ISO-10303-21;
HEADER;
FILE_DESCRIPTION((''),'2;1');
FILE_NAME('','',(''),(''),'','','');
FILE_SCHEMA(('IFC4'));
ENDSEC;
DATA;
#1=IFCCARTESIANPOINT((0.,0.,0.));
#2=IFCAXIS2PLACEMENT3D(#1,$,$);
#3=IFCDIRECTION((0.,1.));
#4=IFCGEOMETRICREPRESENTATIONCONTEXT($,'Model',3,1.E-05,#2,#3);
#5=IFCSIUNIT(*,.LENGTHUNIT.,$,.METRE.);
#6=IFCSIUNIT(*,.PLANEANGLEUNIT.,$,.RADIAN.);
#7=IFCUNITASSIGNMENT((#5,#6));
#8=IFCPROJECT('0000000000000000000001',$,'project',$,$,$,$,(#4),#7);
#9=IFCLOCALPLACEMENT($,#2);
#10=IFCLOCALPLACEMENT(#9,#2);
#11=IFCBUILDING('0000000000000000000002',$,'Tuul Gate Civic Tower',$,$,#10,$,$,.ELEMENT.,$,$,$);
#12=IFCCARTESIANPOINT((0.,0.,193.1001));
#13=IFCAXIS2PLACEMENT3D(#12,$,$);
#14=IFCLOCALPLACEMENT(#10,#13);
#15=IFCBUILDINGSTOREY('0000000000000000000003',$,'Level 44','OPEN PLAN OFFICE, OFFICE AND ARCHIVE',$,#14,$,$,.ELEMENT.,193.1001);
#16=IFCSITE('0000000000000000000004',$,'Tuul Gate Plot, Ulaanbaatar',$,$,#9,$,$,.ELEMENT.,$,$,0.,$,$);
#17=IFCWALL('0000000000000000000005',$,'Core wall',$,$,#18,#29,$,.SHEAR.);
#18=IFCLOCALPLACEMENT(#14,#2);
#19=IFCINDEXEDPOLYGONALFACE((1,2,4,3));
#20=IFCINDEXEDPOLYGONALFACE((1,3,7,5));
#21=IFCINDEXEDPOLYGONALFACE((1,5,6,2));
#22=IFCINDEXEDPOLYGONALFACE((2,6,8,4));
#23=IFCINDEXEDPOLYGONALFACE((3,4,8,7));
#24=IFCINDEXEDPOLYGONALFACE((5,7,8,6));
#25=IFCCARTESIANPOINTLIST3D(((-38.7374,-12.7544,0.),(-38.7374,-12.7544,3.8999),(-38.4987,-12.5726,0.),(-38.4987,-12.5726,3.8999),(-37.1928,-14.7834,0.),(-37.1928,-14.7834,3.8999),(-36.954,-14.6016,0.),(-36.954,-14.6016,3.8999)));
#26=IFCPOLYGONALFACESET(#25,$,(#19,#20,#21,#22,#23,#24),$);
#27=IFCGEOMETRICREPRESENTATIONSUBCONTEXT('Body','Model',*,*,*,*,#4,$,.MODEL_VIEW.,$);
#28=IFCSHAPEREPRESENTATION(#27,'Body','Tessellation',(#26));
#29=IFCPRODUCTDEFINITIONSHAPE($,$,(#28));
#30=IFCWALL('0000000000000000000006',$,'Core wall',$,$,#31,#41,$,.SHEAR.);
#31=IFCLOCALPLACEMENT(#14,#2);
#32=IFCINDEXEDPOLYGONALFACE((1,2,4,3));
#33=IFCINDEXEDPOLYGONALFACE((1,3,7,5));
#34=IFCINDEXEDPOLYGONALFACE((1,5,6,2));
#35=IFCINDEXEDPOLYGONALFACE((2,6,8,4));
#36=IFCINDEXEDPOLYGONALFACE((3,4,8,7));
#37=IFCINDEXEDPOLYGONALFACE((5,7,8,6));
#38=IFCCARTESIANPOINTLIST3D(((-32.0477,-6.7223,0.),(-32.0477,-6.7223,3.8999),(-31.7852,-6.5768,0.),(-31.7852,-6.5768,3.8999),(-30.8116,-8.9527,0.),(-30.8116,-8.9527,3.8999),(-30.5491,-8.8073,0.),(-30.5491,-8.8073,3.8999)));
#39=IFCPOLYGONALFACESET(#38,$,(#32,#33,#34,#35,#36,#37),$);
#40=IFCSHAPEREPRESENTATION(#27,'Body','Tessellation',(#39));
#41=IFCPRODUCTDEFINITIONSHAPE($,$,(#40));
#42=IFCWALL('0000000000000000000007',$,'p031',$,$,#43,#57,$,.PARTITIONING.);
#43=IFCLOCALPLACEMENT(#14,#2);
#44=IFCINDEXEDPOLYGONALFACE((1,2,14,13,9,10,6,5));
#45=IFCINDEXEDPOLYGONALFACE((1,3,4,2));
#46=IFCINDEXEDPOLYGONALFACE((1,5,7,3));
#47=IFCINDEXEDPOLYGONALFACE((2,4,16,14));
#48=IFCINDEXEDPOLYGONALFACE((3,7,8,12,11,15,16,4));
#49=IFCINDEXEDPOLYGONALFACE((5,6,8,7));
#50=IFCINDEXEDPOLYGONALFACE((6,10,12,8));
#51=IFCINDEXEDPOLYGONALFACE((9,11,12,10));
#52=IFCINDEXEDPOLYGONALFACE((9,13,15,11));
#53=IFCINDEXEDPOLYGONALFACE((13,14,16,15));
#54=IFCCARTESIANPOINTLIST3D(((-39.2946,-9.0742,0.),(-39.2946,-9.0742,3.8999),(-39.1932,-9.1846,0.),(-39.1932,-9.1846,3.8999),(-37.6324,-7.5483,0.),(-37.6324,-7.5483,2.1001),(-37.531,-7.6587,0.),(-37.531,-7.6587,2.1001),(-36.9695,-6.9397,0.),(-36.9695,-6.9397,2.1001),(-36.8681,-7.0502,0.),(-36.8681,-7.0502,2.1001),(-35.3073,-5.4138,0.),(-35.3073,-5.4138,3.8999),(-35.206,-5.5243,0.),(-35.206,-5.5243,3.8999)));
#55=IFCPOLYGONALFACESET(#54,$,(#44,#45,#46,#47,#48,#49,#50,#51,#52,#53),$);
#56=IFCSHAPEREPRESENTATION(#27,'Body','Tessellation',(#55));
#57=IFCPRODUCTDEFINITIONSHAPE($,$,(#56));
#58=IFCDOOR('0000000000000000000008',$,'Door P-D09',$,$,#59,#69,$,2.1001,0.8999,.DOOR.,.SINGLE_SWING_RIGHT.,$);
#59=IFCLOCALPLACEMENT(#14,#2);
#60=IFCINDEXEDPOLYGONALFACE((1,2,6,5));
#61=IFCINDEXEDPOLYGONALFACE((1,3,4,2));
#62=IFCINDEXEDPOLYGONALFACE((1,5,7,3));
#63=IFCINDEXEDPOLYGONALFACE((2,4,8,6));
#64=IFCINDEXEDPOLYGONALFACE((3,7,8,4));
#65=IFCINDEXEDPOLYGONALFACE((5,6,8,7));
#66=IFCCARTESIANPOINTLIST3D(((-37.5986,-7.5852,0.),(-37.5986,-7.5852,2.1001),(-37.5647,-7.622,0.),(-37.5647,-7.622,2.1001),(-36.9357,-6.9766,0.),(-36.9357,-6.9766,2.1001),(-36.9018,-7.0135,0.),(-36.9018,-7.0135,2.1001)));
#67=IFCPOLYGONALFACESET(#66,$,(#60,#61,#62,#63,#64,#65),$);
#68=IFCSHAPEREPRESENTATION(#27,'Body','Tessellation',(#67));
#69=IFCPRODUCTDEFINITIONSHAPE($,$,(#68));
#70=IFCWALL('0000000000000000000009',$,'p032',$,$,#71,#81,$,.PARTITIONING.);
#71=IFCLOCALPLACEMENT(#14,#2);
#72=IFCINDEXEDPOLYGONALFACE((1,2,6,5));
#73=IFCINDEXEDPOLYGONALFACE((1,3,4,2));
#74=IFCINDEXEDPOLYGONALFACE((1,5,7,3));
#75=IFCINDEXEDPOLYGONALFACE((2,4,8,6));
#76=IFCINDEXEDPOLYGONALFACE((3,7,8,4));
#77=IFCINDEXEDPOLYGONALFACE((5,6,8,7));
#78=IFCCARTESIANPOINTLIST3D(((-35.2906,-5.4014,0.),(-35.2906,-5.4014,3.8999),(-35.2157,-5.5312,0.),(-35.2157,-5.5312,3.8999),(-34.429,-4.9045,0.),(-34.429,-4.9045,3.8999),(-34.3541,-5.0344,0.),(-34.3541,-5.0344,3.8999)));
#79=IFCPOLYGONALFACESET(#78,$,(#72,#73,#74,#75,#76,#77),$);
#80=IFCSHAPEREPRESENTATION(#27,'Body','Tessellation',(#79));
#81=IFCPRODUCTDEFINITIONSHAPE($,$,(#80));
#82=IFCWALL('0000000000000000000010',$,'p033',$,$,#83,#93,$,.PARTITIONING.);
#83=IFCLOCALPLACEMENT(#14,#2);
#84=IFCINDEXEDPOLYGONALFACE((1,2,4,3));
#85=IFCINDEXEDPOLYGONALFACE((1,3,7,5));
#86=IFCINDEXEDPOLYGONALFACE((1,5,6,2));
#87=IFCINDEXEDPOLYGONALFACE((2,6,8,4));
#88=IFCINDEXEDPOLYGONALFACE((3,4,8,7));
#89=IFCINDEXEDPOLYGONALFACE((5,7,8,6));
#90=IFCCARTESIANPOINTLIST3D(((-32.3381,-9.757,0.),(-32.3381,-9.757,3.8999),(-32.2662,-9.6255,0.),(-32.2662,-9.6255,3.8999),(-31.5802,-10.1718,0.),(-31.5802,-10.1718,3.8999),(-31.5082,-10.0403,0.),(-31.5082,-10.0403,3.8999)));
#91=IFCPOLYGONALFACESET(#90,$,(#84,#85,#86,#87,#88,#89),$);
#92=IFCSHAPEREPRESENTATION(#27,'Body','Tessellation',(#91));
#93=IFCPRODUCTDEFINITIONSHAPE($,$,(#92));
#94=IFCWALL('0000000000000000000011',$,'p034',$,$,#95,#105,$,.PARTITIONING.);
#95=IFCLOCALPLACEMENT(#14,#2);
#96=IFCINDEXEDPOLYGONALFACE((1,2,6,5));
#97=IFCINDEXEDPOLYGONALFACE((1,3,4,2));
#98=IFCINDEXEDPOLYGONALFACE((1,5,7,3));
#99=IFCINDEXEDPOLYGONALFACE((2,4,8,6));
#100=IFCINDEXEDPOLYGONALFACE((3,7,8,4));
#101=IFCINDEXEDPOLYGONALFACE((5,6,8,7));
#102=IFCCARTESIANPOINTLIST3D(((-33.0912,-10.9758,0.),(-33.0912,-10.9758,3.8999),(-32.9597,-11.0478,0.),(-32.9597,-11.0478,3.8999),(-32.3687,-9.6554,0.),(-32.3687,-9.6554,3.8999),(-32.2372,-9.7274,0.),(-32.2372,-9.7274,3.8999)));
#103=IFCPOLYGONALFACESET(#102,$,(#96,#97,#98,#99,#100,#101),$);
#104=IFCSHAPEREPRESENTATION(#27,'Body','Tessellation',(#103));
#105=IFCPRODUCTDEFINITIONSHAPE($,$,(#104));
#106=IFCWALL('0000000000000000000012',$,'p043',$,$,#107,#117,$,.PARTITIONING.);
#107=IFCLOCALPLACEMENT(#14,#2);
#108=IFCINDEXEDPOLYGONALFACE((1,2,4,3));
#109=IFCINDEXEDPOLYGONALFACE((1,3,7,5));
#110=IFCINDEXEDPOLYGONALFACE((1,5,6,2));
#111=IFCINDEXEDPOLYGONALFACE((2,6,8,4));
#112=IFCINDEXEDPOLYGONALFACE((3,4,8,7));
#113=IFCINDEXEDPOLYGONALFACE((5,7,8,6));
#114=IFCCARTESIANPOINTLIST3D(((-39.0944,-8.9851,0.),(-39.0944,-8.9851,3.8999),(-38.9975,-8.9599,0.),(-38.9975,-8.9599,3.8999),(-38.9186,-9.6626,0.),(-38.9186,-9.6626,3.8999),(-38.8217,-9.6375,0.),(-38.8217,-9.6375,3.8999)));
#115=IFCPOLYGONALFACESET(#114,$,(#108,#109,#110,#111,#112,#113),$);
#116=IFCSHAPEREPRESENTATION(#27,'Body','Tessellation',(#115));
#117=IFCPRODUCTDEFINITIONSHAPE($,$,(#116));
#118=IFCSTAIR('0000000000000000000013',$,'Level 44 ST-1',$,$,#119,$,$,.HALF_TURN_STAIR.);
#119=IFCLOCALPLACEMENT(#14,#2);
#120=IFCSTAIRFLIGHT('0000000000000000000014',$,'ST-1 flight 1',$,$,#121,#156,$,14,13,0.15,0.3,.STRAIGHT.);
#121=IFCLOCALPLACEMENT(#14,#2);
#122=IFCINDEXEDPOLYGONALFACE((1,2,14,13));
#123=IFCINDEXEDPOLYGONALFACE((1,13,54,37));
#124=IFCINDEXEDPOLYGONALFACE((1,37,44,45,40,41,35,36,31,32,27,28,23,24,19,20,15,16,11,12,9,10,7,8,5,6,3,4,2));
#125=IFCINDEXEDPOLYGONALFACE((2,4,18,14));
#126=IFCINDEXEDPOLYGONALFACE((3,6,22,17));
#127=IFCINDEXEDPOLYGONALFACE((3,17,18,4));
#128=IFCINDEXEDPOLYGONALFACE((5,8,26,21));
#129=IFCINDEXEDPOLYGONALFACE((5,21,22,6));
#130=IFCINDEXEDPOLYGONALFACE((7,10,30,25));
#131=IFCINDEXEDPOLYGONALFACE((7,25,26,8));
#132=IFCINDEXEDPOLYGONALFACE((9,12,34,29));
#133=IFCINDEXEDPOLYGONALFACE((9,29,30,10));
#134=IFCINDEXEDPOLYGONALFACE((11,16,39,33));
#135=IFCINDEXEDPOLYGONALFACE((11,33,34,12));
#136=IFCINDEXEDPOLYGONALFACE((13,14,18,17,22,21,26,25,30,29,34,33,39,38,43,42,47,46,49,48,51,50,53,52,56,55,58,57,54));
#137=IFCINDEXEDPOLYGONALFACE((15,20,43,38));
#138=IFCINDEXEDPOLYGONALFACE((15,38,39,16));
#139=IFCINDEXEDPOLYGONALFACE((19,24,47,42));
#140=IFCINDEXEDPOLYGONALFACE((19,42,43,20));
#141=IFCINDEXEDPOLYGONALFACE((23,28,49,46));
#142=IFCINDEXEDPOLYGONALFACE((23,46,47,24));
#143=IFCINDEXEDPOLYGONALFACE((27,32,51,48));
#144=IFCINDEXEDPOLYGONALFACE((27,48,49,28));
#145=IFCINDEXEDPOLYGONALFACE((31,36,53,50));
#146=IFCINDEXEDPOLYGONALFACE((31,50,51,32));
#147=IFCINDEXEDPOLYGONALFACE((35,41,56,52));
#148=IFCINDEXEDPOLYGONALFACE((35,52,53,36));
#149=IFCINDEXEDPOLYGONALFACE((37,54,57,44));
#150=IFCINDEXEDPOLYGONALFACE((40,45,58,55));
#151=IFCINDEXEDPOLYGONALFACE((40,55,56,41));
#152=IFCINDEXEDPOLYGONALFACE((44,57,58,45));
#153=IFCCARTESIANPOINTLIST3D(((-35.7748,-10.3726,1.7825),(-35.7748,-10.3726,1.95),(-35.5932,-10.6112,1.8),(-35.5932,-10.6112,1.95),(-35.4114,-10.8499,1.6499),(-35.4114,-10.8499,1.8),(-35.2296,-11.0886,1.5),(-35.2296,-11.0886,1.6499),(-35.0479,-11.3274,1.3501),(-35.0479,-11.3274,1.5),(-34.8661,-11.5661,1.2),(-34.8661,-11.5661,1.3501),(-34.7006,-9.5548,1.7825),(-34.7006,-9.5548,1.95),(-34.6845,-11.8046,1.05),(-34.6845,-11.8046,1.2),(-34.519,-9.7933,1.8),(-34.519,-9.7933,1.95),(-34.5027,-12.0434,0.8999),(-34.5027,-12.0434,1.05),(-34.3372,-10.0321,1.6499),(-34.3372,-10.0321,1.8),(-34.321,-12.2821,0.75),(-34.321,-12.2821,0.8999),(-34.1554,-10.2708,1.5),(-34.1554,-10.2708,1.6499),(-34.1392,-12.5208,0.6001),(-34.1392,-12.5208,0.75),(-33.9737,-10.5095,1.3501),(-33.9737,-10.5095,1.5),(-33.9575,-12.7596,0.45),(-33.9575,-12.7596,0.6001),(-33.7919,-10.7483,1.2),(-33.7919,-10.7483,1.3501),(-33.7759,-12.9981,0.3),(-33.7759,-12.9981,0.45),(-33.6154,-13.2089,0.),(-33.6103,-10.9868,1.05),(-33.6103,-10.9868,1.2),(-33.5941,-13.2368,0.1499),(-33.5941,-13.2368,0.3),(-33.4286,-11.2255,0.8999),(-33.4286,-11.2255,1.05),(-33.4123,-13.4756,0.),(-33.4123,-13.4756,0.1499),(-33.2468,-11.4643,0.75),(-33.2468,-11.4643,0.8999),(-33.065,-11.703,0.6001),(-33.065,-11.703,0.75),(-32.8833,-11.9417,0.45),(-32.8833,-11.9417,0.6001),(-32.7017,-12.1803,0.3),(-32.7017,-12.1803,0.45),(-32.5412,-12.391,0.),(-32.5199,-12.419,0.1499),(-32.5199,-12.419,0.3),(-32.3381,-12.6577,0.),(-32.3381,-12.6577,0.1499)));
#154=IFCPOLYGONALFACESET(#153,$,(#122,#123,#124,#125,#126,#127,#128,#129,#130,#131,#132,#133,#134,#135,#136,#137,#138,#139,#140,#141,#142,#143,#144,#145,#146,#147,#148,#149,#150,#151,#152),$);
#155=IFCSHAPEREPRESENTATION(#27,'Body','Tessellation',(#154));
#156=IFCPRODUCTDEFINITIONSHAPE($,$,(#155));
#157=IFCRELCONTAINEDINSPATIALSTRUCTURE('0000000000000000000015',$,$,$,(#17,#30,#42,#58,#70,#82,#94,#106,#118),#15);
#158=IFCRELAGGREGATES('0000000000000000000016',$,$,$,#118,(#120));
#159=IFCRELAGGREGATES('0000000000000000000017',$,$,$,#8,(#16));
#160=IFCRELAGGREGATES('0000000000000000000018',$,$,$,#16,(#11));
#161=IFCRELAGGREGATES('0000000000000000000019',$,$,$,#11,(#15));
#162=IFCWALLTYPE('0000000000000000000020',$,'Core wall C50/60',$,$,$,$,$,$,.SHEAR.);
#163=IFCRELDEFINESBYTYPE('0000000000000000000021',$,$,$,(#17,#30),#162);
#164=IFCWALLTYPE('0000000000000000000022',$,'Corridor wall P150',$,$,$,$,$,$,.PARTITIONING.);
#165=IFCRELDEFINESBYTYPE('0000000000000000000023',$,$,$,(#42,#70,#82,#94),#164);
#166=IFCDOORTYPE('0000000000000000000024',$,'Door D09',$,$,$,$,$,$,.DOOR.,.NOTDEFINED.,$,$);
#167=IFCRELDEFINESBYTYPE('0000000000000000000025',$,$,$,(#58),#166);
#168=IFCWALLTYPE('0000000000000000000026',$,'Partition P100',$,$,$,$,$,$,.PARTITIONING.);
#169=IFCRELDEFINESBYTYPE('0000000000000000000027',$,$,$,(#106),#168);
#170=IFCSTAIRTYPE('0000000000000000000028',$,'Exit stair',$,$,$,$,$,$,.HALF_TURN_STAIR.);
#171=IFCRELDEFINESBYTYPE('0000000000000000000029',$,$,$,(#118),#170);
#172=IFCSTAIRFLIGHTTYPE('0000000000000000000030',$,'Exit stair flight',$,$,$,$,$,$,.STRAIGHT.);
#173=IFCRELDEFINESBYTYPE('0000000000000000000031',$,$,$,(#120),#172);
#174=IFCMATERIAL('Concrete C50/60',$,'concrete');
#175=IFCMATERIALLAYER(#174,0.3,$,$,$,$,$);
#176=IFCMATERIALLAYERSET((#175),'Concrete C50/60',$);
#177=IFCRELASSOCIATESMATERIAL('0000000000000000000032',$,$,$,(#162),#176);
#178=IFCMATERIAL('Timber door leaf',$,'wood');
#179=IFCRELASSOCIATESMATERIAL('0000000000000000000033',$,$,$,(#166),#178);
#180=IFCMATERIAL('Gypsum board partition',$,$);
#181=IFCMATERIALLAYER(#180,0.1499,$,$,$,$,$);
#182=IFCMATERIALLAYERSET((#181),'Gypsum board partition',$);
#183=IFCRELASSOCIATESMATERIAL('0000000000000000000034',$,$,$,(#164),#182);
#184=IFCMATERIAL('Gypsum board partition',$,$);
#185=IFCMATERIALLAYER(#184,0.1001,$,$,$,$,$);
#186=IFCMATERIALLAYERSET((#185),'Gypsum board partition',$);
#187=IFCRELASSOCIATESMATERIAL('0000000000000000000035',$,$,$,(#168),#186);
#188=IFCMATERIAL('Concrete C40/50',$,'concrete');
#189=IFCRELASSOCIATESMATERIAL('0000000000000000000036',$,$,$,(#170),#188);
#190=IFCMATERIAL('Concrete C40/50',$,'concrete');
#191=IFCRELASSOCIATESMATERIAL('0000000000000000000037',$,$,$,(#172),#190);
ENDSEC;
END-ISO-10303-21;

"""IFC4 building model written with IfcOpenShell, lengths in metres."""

from ifc_helpers import new_model, si_unit, direction, frame, frame_2d, origin, place, context, subcontext, project, spatial, polyline, rectangle, outline, extrude, material, layer, layer_set, type_object, element, fill, aggregate, save


model = new_model("IFC4")

# Units and contexts
model_context = context("Model", 3, precision=1e-05, world=origin(), true_north=direction((0.0, 1.0)))
body_context = subcontext(model_context, "Body", "Model", "MODEL_VIEW")
ifc_project = project(units=[si_unit("LENGTHUNIT", "METRE"), si_unit("PLANEANGLEUNIT", "RADIAN")], contexts=[model_context])

# Site, building, storey
site_placement = place(None, origin())
site = spatial("IfcSite", under=ifc_project, at=site_placement, Name="Tuul Gate Plot, Ulaanbaatar", CompositionType="ELEMENT", RefElevation=0.0)
building_placement = place(site_placement, origin())
building = spatial("IfcBuilding", under=site, at=building_placement, Name="Tuul Gate Civic Tower", CompositionType="ELEMENT")
storey_placement = place(building_placement, frame((0.0, 0.0, 193.1001)))
storey = spatial("IfcBuildingStorey", under=building, at=storey_placement, Name="Level 44", Description="OPEN PLAN OFFICE, OFFICE AND ARCHIVE", CompositionType="ELEMENT", Elevation=193.1001)

# Shared definitions
ifc_material_1 = material(Name="Concrete C50/60", Category="concrete")
ifc_layer_1 = layer(ifc_material_1, 0.3)
ifc_layer_set_1 = layer_set([ifc_layer_1], Name="Concrete C50/60")
wall_type_1 = type_object("IfcWallType", Name="Core wall C50/60", PredefinedType="SHEAR", material=ifc_layer_set_1)

# Shared definitions
ifc_material_2 = material(Name="Timber door leaf", Category="wood")
door_type_1 = type_object("IfcDoorType", Name="Door D09", OperationType="NOTDEFINED", PredefinedType="DOOR", material=ifc_material_2)

# Walls
for number, where, z_axis, x_axis, name in (
    (1, (-37.0735, -14.6924, 0.0), (0.0, 0.0, 1.0), (-0.605729, 0.795671, 0.0), "Core wall"),
    (2, (-30.6804, -8.8799, 0.0), (0.0, 0.0, 1.0), (-0.484724, 0.874667, 0.0), "Core wall"),
):
    element("IfcWall", number, at=place(storey_placement, frame(where, z_axis=z_axis, x_axis=x_axis)), inside=storey, type_object=wall_type_1, Name=name, PredefinedType="SHEAR", context=body_context, shape_type="SweptSolid", body=[
        extrude(rectangle(XDim=2.55, YDim=0.3, at=frame_2d((1.2749, 0.0))), origin(), (0.0, 0.0, 1.0), 3.8999),
    ])

# Wall, opening, door
ifc_material_3 = material(Name="Gypsum board partition")
ifc_layer_2 = layer(ifc_material_3, 0.1499)
ifc_layer_set_2 = layer_set([ifc_layer_2], Name="Gypsum board partition")
wall_type_2 = type_object("IfcWallType", Name="Corridor wall P150", PredefinedType="PARTITIONING", material=ifc_layer_set_2)
wall_1_placement = place(storey_placement, frame((-39.2439, -9.1294, 0.0), z_axis=(0.0, 0.0, 1.0), x_axis=(0.73666, 0.676264, 0.0)))
wall_1 = element("IfcWall", 3, at=wall_1_placement, inside=storey, type_object=wall_type_2, Name="p031", PredefinedType="PARTITIONING", context=body_context, shape_type="SweptSolid", body=[
    extrude(rectangle(XDim=5.4126, YDim=0.1499, at=frame_2d((2.7063, 0.0))), origin(), (0.0, 0.0, 1.0), 3.8999),
])
opening_1_placement = place(wall_1_placement, frame((2.2563, 0.0, 0.0)))
opening_1 = element("IfcOpeningElement", 4, at=opening_1_placement, cuts=wall_1, PredefinedType="OPENING", context=body_context, shape_type="SweptSolid", body=[
    extrude(rectangle(XDim=0.8999, YDim=2.1001, at=frame_2d((0.45, 1.05))), frame((0.0, 0.085, 0.0), z_axis=(0.0, -1.0, 0.0), x_axis=(1.0, 0.0, 0.0)), (0.0, 0.0, 1.0), 0.1699),
])
door_1_placement = place(opening_1_placement, origin())
door_1 = element("IfcDoor", 5, at=door_1_placement, inside=storey, type_object=door_type_1, Name="Door P-D09", OperationType="SINGLE_SWING_RIGHT", OverallHeight=2.1001, OverallWidth=0.8999, PredefinedType="DOOR", context=body_context, shape_type="SweptSolid", body=[
    extrude(rectangle(XDim=0.8999, YDim=2.1001, at=frame_2d((0.45, 1.05))), frame((0.0, 0.0249, 0.0), z_axis=(0.0, -1.0, 0.0), x_axis=(1.0, 0.0, 0.0)), (0.0, 0.0, 1.0), 0.05),
])
fill(opening_1, door_1)

# Walls
wall_2_placement = place(storey_placement, frame((-35.2532, -5.4663, 0.0), z_axis=(0.0, 0.0, 1.0), x_axis=(0.866288, 0.499545, 0.0)))
element("IfcWall", 6, at=wall_2_placement, inside=storey, type_object=wall_type_2, Name="p032", PredefinedType="PARTITIONING", context=body_context, shape_type="SweptSolid", body=[
    extrude(rectangle(XDim=0.9946, YDim=0.1499, at=frame_2d((0.4973, 0.0))), origin(), (0.0, 0.0, 1.0), 3.8999),
])
wall_3_placement = place(storey_placement, frame((-32.3022, -9.6912, 0.0), z_axis=(0.0, 0.0, 1.0), x_axis=(0.877193, -0.480139, 0.0)))
element("IfcWall", 7, at=wall_3_placement, inside=storey, type_object=wall_type_2, Name="p033", PredefinedType="PARTITIONING", context=body_context, shape_type="SweptSolid", body=[
    extrude(rectangle(XDim=0.864, YDim=0.1499, at=frame_2d((0.4321, 0.0))), origin(), (0.0, 0.0, 1.0), 3.8999),
])
wall_4_placement = place(storey_placement, frame((-33.0254, -11.0117, 0.0), z_axis=(0.0, 0.0, 1.0), x_axis=(0.48, 0.877269, 0.0)))
element("IfcWall", 8, at=wall_4_placement, inside=storey, type_object=wall_type_2, Name="p034", PredefinedType="PARTITIONING", context=body_context, shape_type="SweptSolid", body=[
    extrude(rectangle(XDim=1.5051, YDim=0.1499, at=frame_2d((0.7524, 0.0))), origin(), (0.0, 0.0, 1.0), 3.8999),
])
ifc_material_4 = material(Name="Gypsum board partition")
ifc_layer_3 = layer(ifc_material_4, 0.1001)
ifc_layer_set_3 = layer_set([ifc_layer_3], Name="Gypsum board partition")
wall_type_3 = type_object("IfcWallType", Name="Partition P100", PredefinedType="PARTITIONING", material=ifc_layer_set_3)
wall_5_placement = place(storey_placement, frame((-38.8701, -9.6501, 0.0), z_axis=(0.0, 0.0, 1.0), x_axis=(-0.251144, 0.96795, 0.0)))
element("IfcWall", 9, at=wall_5_placement, inside=storey, type_object=wall_type_3, Name="p043", PredefinedType="PARTITIONING", context=body_context, shape_type="SweptSolid", body=[
    extrude(rectangle(XDim=0.7, YDim=0.1001, at=frame_2d((0.3501, 0.0))), origin(), (0.0, 0.0, 1.0), 3.8999),
])

# Stair, stair flight
ifc_material_5 = material(Name="Concrete C40/50", Category="concrete")
stair_type = type_object("IfcStairType", Name="Exit stair", PredefinedType="HALF_TURN_STAIR", material=ifc_material_5)
stair_placement = place(storey_placement, origin())
stair = element("IfcStair", 10, at=stair_placement, inside=storey, type_object=stair_type, Name="Level 44 ST-1", PredefinedType="HALF_TURN_STAIR")
ifc_material_6 = material(Name="Concrete C40/50", Category="concrete")
stair_flight_type = type_object("IfcStairFlightType", Name="Exit stair flight", PredefinedType="STRAIGHT", material=ifc_material_6)
stair_flight_1_placement = place(storey_placement, frame((-32.8752, -13.0667, 0.0), z_axis=(0.0, 0.0, 1.0), x_axis=(-0.605764, 0.795644, 0.0)))
stair_flight_1 = element("IfcStairFlight", 11, at=stair_flight_1_placement, type_object=stair_flight_type, Name="ST-1 flight 1", NumberOfRisers=14, NumberOfTreads=13, PredefinedType="STRAIGHT", RiserHeight=0.15, TreadLength=0.3, context=body_context, shape_type="SweptSolid", body=[
    extrude(outline(polyline([(0.0, 0.0), (0.0, 0.1499), (0.3, 0.1499), (0.3, 0.3), (0.6001, 0.3), (0.6001, 0.45), (0.8999, 0.45), (0.8999, 0.6001), (1.2, 0.6001), (1.2, 0.75), (1.5, 0.75), (1.5, 0.8999), (1.8, 0.8999), (1.8, 1.05), (2.1001, 1.05), (2.1001, 1.2), (2.3999, 1.2), (2.3999, 1.3501), (2.7, 1.3501), (2.7, 1.5), (3.0, 1.5), (3.0, 1.6499), (3.3, 1.6499), (3.3, 1.8), (3.6001, 1.8), (3.6001, 1.95), (3.8999, 1.95), (3.8999, 2.1001), (3.8999, 1.7825), (0.3352, 0.0), (0.0, 0.0)])), frame((0.0, 0.675, 0.0), z_axis=(0.0, -1.0, 0.0), x_axis=(1.0, 0.0, 0.0)), (0.0, 0.0, 1.0), 1.3501),
])
aggregate(stair, [stair_flight_1])

save(model, "model.ifc")
